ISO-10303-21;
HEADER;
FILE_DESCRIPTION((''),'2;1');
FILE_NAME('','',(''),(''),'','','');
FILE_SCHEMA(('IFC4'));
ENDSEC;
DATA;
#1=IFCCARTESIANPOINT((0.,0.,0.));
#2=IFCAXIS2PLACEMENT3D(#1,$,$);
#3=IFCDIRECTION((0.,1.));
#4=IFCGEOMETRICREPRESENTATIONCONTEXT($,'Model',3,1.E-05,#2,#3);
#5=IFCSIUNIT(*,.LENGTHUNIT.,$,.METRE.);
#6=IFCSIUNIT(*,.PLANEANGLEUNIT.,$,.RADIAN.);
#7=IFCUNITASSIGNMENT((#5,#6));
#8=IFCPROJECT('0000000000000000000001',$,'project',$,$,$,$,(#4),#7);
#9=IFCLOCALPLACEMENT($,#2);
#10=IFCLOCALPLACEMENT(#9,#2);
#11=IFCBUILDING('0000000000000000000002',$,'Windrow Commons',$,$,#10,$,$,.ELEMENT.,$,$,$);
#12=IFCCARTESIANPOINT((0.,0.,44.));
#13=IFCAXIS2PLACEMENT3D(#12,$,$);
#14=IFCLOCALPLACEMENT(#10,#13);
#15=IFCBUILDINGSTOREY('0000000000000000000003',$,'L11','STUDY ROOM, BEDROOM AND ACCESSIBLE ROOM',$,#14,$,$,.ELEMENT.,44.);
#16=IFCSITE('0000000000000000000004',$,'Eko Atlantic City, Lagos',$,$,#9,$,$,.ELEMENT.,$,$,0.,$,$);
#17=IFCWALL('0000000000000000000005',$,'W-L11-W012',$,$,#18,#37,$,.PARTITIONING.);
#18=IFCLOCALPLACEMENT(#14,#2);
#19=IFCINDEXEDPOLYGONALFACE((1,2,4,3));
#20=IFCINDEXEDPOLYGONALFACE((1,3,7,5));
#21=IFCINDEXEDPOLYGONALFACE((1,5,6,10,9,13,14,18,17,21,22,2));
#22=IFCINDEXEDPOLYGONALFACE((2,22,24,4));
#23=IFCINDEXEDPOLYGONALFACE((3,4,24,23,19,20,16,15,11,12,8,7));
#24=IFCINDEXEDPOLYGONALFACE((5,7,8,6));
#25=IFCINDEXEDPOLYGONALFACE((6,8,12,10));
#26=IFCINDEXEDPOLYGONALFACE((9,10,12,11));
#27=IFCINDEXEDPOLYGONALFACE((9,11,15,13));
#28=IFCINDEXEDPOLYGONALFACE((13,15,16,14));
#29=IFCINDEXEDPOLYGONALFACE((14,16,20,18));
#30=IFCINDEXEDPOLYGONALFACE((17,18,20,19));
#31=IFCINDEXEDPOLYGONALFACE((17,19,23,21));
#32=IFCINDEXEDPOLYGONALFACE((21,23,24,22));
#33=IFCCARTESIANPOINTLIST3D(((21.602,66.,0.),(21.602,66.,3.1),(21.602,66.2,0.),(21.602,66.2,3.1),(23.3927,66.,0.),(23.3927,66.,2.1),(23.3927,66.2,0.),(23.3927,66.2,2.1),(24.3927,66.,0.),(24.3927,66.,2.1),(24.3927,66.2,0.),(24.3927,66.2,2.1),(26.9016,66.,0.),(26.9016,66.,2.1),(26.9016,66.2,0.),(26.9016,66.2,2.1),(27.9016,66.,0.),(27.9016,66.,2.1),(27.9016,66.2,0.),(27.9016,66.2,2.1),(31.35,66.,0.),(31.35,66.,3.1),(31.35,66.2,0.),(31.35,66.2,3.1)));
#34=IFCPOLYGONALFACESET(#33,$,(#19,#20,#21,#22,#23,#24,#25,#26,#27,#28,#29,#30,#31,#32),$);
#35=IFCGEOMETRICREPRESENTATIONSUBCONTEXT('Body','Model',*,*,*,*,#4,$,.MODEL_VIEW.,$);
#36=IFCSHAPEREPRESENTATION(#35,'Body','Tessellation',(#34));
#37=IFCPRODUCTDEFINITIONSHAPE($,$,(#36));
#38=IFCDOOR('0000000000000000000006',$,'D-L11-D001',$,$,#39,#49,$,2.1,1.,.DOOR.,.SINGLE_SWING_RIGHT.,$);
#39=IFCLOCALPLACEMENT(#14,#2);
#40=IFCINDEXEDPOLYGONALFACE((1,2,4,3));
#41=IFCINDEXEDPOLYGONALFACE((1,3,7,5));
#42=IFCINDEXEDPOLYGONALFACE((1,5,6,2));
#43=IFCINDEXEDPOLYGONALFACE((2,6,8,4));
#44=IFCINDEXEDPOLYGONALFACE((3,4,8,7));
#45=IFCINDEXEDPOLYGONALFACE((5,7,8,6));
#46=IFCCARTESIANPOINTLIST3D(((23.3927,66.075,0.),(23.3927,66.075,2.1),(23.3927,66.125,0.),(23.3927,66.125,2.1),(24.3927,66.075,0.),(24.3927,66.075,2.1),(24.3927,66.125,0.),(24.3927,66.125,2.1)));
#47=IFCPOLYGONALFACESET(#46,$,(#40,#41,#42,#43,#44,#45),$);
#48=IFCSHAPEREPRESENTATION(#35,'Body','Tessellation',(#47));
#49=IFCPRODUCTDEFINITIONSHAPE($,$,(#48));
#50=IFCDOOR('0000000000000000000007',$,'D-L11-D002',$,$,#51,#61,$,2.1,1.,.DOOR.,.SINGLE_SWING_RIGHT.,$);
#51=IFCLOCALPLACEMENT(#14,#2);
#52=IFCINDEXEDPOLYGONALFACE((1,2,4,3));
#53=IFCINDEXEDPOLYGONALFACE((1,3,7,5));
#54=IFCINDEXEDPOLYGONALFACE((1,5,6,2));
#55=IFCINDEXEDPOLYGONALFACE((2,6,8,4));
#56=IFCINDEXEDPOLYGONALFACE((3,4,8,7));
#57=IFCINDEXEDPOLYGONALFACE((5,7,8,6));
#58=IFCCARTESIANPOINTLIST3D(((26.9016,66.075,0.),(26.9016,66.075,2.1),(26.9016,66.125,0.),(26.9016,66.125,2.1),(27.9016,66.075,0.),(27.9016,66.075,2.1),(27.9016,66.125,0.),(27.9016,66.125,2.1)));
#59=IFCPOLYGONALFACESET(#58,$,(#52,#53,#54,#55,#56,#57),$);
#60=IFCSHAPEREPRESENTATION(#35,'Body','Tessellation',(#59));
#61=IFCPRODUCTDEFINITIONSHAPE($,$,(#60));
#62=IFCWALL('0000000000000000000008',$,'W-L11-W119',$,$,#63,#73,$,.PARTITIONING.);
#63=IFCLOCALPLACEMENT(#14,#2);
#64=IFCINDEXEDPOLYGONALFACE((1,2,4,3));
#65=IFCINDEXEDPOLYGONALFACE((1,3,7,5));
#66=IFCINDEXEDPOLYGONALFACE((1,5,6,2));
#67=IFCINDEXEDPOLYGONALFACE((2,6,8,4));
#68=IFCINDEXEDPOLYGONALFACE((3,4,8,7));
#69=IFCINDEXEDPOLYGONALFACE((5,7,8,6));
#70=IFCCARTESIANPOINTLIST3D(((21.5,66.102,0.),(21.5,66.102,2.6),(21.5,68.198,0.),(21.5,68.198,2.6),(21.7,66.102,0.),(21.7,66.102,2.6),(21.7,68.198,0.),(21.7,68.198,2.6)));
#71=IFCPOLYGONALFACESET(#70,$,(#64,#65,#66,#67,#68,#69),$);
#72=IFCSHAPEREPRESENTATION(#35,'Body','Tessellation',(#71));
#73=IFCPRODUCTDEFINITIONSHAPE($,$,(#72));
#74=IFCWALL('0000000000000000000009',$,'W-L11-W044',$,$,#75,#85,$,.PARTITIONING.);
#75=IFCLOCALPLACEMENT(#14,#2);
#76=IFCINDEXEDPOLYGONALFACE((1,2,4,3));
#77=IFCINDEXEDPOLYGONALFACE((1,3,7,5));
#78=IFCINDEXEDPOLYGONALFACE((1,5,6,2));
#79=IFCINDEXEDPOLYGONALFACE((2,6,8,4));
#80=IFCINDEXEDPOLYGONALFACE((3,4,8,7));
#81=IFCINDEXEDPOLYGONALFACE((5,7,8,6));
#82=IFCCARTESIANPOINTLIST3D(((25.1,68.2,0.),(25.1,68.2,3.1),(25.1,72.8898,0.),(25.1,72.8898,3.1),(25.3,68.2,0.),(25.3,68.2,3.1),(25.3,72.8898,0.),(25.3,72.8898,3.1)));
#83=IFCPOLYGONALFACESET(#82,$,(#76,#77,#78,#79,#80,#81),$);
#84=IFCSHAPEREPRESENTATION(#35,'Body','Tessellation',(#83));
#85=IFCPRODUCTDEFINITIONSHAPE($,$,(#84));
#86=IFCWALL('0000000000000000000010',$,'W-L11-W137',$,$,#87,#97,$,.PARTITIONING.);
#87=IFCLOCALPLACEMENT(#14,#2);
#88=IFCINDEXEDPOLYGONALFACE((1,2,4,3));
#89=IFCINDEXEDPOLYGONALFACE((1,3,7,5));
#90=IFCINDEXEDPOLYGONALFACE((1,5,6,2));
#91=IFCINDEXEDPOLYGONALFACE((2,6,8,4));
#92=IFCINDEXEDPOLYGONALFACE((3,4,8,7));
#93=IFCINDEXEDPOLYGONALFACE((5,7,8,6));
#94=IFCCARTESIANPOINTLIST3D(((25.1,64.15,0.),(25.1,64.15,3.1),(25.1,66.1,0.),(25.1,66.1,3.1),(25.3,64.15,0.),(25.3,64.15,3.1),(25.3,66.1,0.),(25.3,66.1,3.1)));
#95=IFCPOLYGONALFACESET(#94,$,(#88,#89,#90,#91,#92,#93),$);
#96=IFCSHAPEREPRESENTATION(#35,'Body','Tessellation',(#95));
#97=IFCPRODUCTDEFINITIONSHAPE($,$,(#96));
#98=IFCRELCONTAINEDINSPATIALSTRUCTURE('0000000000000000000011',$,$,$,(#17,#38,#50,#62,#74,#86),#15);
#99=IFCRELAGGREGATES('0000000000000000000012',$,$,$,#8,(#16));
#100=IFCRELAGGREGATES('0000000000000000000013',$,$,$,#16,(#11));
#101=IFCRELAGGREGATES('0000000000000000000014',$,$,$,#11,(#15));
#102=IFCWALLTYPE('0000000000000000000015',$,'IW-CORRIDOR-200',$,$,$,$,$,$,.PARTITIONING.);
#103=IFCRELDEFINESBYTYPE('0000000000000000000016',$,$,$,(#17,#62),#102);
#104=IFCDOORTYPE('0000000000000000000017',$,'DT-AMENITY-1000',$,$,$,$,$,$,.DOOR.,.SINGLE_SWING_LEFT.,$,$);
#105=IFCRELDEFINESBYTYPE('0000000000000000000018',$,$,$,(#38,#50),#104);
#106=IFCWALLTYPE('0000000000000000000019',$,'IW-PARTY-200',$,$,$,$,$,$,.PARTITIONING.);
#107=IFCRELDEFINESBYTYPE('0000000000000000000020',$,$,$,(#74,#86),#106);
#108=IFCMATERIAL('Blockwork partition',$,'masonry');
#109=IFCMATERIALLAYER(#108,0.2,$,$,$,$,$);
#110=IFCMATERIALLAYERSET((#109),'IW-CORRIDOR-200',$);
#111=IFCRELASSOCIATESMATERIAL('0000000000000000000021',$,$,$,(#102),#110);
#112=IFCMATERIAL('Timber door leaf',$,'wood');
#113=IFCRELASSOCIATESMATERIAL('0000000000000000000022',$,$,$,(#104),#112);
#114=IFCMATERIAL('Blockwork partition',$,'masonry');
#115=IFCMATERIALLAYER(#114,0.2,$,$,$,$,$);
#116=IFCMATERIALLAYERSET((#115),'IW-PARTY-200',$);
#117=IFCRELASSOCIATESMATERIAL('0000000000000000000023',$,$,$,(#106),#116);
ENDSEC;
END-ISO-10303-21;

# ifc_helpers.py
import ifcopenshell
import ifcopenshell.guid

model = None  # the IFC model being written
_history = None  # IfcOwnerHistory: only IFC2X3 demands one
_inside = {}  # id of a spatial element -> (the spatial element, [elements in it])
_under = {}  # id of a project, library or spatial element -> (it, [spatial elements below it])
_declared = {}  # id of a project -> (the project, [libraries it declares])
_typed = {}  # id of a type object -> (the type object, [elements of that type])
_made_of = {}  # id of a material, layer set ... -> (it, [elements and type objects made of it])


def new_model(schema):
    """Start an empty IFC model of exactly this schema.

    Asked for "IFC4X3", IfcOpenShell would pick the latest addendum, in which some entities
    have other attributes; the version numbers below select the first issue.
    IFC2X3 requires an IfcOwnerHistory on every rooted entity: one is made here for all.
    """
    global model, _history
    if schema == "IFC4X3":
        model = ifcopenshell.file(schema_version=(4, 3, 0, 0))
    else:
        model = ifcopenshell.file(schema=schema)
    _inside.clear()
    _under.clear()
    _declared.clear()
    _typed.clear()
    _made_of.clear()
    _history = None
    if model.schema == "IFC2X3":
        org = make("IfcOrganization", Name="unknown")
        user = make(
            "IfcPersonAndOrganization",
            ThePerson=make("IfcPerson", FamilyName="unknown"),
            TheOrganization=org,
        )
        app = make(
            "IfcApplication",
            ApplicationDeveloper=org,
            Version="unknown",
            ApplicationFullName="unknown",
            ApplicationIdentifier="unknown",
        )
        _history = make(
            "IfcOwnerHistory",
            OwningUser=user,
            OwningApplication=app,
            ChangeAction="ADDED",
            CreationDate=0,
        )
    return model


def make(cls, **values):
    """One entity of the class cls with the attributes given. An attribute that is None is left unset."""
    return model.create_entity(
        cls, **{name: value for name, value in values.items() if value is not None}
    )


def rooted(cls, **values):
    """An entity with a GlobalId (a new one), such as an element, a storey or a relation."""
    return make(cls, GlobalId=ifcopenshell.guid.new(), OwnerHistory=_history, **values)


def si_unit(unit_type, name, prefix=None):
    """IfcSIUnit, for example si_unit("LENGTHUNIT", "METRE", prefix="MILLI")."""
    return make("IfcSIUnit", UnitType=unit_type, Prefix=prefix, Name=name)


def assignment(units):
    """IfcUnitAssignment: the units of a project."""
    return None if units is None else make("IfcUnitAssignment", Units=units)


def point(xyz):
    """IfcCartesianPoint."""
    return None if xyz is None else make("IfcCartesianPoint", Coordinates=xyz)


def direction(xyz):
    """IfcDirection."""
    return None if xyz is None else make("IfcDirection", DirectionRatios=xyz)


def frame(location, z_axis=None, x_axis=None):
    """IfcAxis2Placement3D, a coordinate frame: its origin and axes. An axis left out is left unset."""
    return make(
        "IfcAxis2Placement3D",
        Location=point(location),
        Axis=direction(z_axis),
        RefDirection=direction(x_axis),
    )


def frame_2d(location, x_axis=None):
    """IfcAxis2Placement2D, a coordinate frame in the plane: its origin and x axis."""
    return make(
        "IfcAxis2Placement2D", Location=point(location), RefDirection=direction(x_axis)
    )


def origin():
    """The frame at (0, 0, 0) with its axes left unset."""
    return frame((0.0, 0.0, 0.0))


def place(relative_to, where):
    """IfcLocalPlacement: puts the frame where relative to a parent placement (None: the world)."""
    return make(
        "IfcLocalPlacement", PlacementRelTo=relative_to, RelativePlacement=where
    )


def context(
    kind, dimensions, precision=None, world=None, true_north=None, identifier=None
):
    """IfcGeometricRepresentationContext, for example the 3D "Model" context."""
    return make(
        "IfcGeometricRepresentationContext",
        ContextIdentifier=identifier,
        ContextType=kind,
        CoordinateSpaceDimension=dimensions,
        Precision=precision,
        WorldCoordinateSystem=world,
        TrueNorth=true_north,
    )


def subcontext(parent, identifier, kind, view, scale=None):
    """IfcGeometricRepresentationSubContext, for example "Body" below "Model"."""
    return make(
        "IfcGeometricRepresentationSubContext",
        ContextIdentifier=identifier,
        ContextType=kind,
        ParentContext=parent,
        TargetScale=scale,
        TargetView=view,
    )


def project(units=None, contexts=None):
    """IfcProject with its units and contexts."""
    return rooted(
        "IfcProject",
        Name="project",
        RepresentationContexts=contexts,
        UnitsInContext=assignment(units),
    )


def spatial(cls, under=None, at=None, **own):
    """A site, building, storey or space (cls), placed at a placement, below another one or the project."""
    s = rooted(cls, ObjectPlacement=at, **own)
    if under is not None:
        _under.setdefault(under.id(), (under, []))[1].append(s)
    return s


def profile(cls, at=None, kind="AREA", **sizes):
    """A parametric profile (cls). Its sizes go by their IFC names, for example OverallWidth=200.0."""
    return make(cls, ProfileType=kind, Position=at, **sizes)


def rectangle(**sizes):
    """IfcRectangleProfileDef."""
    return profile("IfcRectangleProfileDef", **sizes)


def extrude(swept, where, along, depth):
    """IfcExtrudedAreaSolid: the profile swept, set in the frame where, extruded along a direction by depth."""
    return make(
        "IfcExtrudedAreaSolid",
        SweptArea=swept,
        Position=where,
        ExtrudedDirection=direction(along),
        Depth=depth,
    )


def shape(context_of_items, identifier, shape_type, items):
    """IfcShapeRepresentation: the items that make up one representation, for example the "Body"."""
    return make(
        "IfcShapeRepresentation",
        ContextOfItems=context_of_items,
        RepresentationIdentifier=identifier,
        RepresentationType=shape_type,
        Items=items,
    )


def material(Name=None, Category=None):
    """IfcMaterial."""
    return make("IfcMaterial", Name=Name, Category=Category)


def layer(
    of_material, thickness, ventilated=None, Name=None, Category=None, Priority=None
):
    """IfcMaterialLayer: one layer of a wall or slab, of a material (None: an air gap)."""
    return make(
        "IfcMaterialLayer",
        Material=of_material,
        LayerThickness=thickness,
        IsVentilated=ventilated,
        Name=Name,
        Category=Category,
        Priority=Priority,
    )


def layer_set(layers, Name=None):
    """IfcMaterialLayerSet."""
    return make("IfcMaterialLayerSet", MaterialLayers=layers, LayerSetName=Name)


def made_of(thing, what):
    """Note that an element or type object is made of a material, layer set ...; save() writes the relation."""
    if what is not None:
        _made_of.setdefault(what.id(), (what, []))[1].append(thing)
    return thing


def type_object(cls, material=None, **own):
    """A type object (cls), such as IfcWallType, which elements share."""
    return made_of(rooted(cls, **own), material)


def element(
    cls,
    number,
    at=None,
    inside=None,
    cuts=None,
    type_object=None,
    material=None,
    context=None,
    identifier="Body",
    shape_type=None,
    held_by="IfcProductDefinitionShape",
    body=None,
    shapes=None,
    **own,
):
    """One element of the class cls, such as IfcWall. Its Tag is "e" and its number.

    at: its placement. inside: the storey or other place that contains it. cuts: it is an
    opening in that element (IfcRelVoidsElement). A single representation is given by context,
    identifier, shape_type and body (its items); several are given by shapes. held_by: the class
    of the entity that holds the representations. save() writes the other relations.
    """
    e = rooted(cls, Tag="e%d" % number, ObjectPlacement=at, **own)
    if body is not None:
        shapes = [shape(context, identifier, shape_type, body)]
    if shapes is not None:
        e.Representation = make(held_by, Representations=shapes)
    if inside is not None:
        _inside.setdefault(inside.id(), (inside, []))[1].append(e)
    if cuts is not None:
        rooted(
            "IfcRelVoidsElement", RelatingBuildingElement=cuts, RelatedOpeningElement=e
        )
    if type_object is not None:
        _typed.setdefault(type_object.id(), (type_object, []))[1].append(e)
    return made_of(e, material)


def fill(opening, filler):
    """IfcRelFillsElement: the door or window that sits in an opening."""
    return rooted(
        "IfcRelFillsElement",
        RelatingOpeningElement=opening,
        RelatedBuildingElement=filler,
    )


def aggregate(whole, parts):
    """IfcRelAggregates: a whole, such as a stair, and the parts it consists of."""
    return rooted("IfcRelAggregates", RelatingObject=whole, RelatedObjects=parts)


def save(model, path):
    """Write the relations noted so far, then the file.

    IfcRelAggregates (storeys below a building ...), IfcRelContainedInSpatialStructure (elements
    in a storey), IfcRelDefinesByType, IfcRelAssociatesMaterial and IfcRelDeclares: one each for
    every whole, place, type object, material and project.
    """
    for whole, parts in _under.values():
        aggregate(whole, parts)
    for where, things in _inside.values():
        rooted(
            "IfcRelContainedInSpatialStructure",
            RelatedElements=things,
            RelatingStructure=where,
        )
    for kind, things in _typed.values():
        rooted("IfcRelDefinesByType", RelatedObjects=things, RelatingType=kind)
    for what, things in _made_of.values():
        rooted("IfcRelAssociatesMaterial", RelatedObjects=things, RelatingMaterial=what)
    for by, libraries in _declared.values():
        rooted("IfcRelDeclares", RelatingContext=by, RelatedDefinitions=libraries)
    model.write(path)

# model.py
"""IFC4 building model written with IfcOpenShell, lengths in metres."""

from ifc_helpers import new_model, si_unit, direction, frame, frame_2d, origin, place, context, subcontext, project, spatial, rectangle, extrude, material, layer, layer_set, type_object, element, fill, save


model = new_model("IFC4")

# Units and contexts
model_context = context("Model", 3, precision=1e-05, world=origin(), true_north=direction((0.0, 1.0)))
body_context = subcontext(model_context, "Body", "Model", "MODEL_VIEW")
ifc_project = project(units=[si_unit("LENGTHUNIT", "METRE"), si_unit("PLANEANGLEUNIT", "RADIAN")], contexts=[model_context])

# Site, building, storey
site_placement = place(None, origin())
site = spatial("IfcSite", under=ifc_project, at=site_placement, Name="Eko Atlantic City, Lagos", CompositionType="ELEMENT", RefElevation=0.0)
building_placement = place(site_placement, origin())
building = spatial("IfcBuilding", under=site, at=building_placement, Name="Windrow Commons", CompositionType="ELEMENT")
storey_placement = place(building_placement, frame((0.0, 0.0, 44.0)))
storey = spatial("IfcBuildingStorey", under=building, at=storey_placement, Name="L11", Description="STUDY ROOM, BEDROOM AND ACCESSIBLE ROOM", CompositionType="ELEMENT", Elevation=44.0)

# Shared definitions
ifc_material_1 = material(Name="Blockwork partition", Category="masonry")
ifc_layer_1 = layer(ifc_material_1, 0.2)
ifc_layer_set_1 = layer_set([ifc_layer_1], Name="IW-CORRIDOR-200")
wall_type_1 = type_object("IfcWallType", Name="IW-CORRIDOR-200", PredefinedType="PARTITIONING", material=ifc_layer_set_1)

# Wall, openings, doors
wall_1_placement = place(storey_placement, frame((21.602, 66.1, 0.0), z_axis=(0.0, 0.0, 1.0), x_axis=(1.0, 0.0, 0.0)))
wall_1 = element("IfcWall", 1, at=wall_1_placement, inside=storey, type_object=wall_type_1, Name="W-L11-W012", PredefinedType="PARTITIONING", context=body_context, shape_type="SweptSolid", body=[
    extrude(rectangle(XDim=9.748, YDim=0.2, at=frame_2d((4.874, 0.0))), origin(), (0.0, 0.0, 1.0), 3.1),
])
opening_1_placement = place(wall_1_placement, frame((1.7907, 0.0, 0.0)))
opening_1 = element("IfcOpeningElement", 2, at=opening_1_placement, cuts=wall_1, PredefinedType="OPENING", context=body_context, shape_type="SweptSolid", body=[
    extrude(rectangle(XDim=1.0, YDim=2.1, at=frame_2d((0.5, 1.05))), frame((0.0, 0.11, 0.0), z_axis=(0.0, -1.0, 0.0), x_axis=(1.0, 0.0, 0.0)), (0.0, 0.0, 1.0), 0.22),
])
opening_2_placement = place(wall_1_placement, frame((5.2996, 0.0, 0.0)))
opening_2 = element("IfcOpeningElement", 3, at=opening_2_placement, cuts=wall_1, PredefinedType="OPENING", context=body_context, shape_type="SweptSolid", body=[
    extrude(rectangle(XDim=1.0, YDim=2.1, at=frame_2d((0.5, 1.05))), frame((0.0, 0.11, 0.0), z_axis=(0.0, -1.0, 0.0), x_axis=(1.0, 0.0, 0.0)), (0.0, 0.0, 1.0), 0.22),
])
ifc_material_2 = material(Name="Timber door leaf", Category="wood")
door_type_1 = type_object("IfcDoorType", Name="DT-AMENITY-1000", OperationType="SINGLE_SWING_LEFT", PredefinedType="DOOR", material=ifc_material_2)
door_1_placement = place(opening_1_placement, origin())
door_1 = element("IfcDoor", 4, at=door_1_placement, inside=storey, type_object=door_type_1, Name="D-L11-D001", OperationType="SINGLE_SWING_RIGHT", OverallHeight=2.1, OverallWidth=1.0, PredefinedType="DOOR", context=body_context, shape_type="SweptSolid", body=[
    extrude(rectangle(XDim=1.0, YDim=2.1, at=frame_2d((0.5, 1.05))), frame((0.0, 0.025, 0.0), z_axis=(0.0, -1.0, 0.0), x_axis=(1.0, 0.0, 0.0)), (0.0, 0.0, 1.0), 0.05),
])
fill(opening_1, door_1)
door_2_placement = place(opening_2_placement, origin())
door_2 = element("IfcDoor", 5, at=door_2_placement, inside=storey, type_object=door_type_1, Name="D-L11-D002", OperationType="SINGLE_SWING_RIGHT", OverallHeight=2.1, OverallWidth=1.0, PredefinedType="DOOR", context=body_context, shape_type="SweptSolid", body=[
    extrude(rectangle(XDim=1.0, YDim=2.1, at=frame_2d((0.5, 1.05))), frame((0.0, 0.025, 0.0), z_axis=(0.0, -1.0, 0.0), x_axis=(1.0, 0.0, 0.0)), (0.0, 0.0, 1.0), 0.05),
])
fill(opening_2, door_2)

# Walls
wall_2_placement = place(storey_placement, frame((21.6, 66.102, 0.0), z_axis=(0.0, 0.0, 1.0), x_axis=(0.0, 1.0, 0.0)))
element("IfcWall", 6, at=wall_2_placement, inside=storey, type_object=wall_type_1, Name="W-L11-W119", PredefinedType="PARTITIONING", context=body_context, shape_type="SweptSolid", body=[
    extrude(rectangle(XDim=2.096, YDim=0.2, at=frame_2d((1.048, 0.0))), origin(), (0.0, 0.0, 1.0), 2.6),
])
ifc_material_3 = material(Name="Blockwork partition", Category="masonry")
ifc_layer_2 = layer(ifc_material_3, 0.2)
ifc_layer_set_2 = layer_set([ifc_layer_2], Name="IW-PARTY-200")
wall_type_2 = type_object("IfcWallType", Name="IW-PARTY-200", PredefinedType="PARTITIONING", material=ifc_layer_set_2)
wall_3_placement = place(storey_placement, frame((25.2, 68.2, 0.0), z_axis=(0.0, 0.0, 1.0), x_axis=(0.0, 1.0, 0.0)))
element("IfcWall", 7, at=wall_3_placement, inside=storey, type_object=wall_type_2, Name="W-L11-W044", PredefinedType="PARTITIONING", context=body_context, shape_type="SweptSolid", body=[
    extrude(rectangle(XDim=4.6897, YDim=0.2, at=frame_2d((2.3449, 0.0))), origin(), (0.0, 0.0, 1.0), 3.1),
])
wall_4_placement = place(storey_placement, frame((25.2, 64.15, 0.0), z_axis=(0.0, 0.0, 1.0), x_axis=(0.0, 1.0, 0.0)))
element("IfcWall", 8, at=wall_4_placement, inside=storey, type_object=wall_type_2, Name="W-L11-W137", PredefinedType="PARTITIONING", context=body_context, shape_type="SweptSolid", body=[
    extrude(rectangle(XDim=1.95, YDim=0.2, at=frame_2d((0.975, 0.0))), origin(), (0.0, 0.0, 1.0), 3.1),
])

save(model, "model.ifc")
